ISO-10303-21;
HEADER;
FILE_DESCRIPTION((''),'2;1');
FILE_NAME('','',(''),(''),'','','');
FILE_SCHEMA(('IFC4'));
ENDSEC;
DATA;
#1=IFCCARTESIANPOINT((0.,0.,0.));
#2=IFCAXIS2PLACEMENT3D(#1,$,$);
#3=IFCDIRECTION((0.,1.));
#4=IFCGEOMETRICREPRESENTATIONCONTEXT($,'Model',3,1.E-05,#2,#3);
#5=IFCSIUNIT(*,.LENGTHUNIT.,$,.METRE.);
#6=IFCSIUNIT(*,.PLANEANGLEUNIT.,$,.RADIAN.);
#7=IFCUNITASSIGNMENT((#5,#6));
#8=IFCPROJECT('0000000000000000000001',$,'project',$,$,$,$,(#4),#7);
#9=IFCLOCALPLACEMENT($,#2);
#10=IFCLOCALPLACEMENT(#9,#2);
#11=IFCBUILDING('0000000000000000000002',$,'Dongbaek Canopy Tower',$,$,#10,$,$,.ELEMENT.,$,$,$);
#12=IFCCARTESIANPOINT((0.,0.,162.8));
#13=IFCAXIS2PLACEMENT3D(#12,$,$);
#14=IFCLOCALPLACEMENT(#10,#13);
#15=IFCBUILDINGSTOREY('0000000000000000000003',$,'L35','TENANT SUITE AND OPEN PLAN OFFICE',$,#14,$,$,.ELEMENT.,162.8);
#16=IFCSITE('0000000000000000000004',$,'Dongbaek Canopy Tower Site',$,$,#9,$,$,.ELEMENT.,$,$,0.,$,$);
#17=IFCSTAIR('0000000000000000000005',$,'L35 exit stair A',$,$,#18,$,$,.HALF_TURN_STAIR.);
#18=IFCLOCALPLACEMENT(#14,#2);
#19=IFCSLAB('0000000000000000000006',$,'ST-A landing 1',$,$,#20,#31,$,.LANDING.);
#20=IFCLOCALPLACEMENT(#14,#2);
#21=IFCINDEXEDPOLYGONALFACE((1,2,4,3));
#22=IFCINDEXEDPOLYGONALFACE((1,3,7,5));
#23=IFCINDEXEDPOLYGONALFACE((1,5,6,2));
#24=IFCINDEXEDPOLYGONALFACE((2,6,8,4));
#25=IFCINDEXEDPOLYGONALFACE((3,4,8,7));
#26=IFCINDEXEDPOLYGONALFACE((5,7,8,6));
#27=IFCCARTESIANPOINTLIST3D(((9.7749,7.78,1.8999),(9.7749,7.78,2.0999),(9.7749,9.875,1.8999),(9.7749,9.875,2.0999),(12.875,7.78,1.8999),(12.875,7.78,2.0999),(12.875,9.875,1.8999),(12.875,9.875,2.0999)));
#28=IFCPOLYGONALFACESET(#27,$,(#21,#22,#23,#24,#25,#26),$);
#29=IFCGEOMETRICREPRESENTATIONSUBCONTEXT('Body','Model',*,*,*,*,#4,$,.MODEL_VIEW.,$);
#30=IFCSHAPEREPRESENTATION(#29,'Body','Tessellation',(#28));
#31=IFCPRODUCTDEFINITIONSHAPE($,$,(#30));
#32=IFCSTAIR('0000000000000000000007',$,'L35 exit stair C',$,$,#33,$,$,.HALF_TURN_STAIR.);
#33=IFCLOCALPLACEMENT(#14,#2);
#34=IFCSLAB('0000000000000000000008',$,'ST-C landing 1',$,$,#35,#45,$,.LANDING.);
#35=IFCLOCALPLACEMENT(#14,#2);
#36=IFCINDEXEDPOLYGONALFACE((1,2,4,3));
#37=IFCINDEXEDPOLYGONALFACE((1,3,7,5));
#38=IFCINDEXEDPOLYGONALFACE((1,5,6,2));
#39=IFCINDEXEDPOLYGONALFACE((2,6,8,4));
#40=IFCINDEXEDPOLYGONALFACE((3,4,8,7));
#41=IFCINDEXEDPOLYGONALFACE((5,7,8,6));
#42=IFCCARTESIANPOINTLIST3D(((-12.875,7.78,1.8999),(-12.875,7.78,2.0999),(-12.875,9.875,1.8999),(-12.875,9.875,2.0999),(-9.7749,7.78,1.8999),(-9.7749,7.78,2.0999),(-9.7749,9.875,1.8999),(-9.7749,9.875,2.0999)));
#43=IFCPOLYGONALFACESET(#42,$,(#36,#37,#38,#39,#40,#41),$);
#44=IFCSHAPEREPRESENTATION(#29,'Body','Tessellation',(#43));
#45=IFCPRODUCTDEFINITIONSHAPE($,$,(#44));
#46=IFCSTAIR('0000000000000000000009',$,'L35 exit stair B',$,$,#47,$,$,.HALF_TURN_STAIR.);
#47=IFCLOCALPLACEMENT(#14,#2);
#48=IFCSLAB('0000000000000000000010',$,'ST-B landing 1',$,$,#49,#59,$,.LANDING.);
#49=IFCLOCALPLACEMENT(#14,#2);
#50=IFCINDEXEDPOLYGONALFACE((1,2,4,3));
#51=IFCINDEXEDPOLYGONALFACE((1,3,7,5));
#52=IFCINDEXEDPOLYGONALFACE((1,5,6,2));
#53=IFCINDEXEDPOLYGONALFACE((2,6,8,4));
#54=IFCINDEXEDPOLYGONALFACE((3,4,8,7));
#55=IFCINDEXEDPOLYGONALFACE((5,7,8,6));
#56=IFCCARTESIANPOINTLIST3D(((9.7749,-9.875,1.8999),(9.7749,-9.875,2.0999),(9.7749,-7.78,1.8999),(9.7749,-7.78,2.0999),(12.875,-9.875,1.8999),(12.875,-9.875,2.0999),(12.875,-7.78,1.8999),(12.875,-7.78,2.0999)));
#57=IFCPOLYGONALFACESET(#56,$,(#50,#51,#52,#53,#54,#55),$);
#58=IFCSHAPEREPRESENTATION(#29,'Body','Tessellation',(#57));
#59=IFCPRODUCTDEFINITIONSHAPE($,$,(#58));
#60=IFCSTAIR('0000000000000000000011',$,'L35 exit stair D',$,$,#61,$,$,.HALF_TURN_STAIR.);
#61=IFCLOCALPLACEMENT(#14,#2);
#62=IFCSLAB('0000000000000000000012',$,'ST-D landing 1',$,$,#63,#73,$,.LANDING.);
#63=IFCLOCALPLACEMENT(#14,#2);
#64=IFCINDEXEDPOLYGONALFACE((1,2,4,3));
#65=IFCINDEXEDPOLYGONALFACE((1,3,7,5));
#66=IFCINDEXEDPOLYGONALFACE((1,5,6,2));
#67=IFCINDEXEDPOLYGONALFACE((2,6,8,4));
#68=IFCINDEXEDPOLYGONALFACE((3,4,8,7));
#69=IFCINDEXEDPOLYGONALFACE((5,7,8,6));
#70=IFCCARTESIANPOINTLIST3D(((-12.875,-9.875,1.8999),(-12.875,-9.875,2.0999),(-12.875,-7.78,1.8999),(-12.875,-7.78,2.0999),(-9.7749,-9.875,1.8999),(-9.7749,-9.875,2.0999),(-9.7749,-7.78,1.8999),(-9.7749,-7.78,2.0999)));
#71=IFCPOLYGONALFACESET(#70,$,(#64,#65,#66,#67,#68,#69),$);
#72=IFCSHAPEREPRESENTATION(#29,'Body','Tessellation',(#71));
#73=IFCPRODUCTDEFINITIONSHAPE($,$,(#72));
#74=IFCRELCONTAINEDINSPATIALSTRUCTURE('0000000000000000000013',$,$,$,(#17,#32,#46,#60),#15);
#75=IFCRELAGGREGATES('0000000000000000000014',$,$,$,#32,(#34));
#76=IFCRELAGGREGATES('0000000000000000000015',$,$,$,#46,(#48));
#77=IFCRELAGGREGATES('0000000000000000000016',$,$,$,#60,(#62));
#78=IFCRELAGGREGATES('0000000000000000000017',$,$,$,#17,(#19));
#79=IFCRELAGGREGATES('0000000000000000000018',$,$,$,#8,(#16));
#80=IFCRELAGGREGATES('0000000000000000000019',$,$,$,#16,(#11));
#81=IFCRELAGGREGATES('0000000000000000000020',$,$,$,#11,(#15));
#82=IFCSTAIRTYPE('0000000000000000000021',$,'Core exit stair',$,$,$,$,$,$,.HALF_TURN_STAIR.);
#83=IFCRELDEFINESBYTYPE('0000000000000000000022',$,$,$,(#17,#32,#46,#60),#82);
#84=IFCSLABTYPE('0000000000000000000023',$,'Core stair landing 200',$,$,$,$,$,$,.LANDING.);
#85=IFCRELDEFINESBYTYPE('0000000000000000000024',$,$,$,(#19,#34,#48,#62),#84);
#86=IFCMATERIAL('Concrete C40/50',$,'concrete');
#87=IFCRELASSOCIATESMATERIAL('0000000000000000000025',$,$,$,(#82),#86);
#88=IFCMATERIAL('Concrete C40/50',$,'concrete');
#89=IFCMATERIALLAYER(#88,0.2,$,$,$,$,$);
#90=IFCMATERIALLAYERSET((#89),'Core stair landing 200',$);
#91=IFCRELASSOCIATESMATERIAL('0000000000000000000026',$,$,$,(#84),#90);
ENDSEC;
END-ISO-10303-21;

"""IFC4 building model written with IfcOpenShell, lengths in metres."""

from ifc_helpers import new_model, si_unit, direction, frame, origin, place, context, subcontext, project, spatial, polyline, outline, extrude, material, layer, layer_set, type_object, element, aggregate, save


model = new_model("IFC4")

# Units and contexts
model_context = context("Model", 3, precision=1e-05, world=origin(), true_north=direction((0.0, 1.0)))
body_context = subcontext(model_context, "Body", "Model", "MODEL_VIEW")
ifc_project = project(units=[si_unit("LENGTHUNIT", "METRE"), si_unit("PLANEANGLEUNIT", "RADIAN")], contexts=[model_context])

# Site, building, storey
site_placement = place(None, origin())
site = spatial("IfcSite", under=ifc_project, at=site_placement, Name="Dongbaek Canopy Tower Site", CompositionType="ELEMENT", RefElevation=0.0)
building_placement = place(site_placement, origin())
building = spatial("IfcBuilding", under=site, at=building_placement, Name="Dongbaek Canopy Tower", CompositionType="ELEMENT")
storey_placement = place(building_placement, frame((0.0, 0.0, 162.8)))
storey = spatial("IfcBuildingStorey", under=building, at=storey_placement, Name="L35", Description="TENANT SUITE AND OPEN PLAN OFFICE", CompositionType="ELEMENT", Elevation=162.8)

# Stairs, slabs
ifc_material_1 = material(Name="Concrete C40/50", Category="concrete")
stair_type = type_object("IfcStairType", Name="Core exit stair", PredefinedType="HALF_TURN_STAIR", material=ifc_material_1)
stair_1_placement = place(storey_placement, origin())
stair_1 = element("IfcStair", 1, at=stair_1_placement, inside=storey, type_object=stair_type, Name="L35 exit stair A", PredefinedType="HALF_TURN_STAIR")
ifc_material_2 = material(Name="Concrete C40/50", Category="concrete")
ifc_layer_1 = layer(ifc_material_2, 0.2)
ifc_layer_set_1 = layer_set([ifc_layer_1], Name="Core stair landing 200")
slab_type = type_object("IfcSlabType", Name="Core stair landing 200", PredefinedType="LANDING", material=ifc_layer_set_1)
slab_1_placement = place(storey_placement, frame((0.0, 0.0, 1.8999)))
slab_1 = element("IfcSlab", 2, at=slab_1_placement, type_object=slab_type, Name="ST-A landing 1", PredefinedType="LANDING", context=body_context, shape_type="SweptSolid", body=[
    extrude(outline(polyline([(12.875, 7.78), (12.875, 9.875), (9.7749, 9.875), (9.7749, 7.78), (12.875, 7.78)])), origin(), (0.0, 0.0, 1.0), 0.2),
])
stair_2_placement = place(storey_placement, origin())
stair_2 = element("IfcStair", 3, at=stair_2_placement, inside=storey, type_object=stair_type, Name="L35 exit stair C", PredefinedType="HALF_TURN_STAIR")
slab_2_placement = place(storey_placement, frame((0.0, 0.0, 1.8999)))
slab_2 = element("IfcSlab", 4, at=slab_2_placement, type_object=slab_type, Name="ST-C landing 1", PredefinedType="LANDING", context=body_context, shape_type="SweptSolid", body=[
    extrude(outline(polyline([(-9.7749, 7.78), (-9.7749, 9.875), (-12.875, 9.875), (-12.875, 7.78), (-9.7749, 7.78)])), origin(), (0.0, 0.0, 1.0), 0.2),
])
aggregate(stair_2, [slab_2])
stair_3_placement = place(storey_placement, origin())
stair_3 = element("IfcStair", 5, at=stair_3_placement, inside=storey, type_object=stair_type, Name="L35 exit stair B", PredefinedType="HALF_TURN_STAIR")
slab_3_placement = place(storey_placement, frame((0.0, 0.0, 1.8999)))
slab_3 = element("IfcSlab", 6, at=slab_3_placement, type_object=slab_type, Name="ST-B landing 1", PredefinedType="LANDING", context=body_context, shape_type="SweptSolid", body=[
    extrude(outline(polyline([(9.7749, -7.78), (9.7749, -9.875), (12.875, -9.875), (12.875, -7.78), (9.7749, -7.78)])), origin(), (0.0, 0.0, 1.0), 0.2),
])
aggregate(stair_3, [slab_3])
stair_4_placement = place(storey_placement, origin())
stair_4 = element("IfcStair", 7, at=stair_4_placement, inside=storey, type_object=stair_type, Name="L35 exit stair D", PredefinedType="HALF_TURN_STAIR")
slab_4_placement = place(storey_placement, frame((0.0, 0.0, 1.8999)))
slab_4 = element("IfcSlab", 8, at=slab_4_placement, type_object=slab_type, Name="ST-D landing 1", PredefinedType="LANDING", context=body_context, shape_type="SweptSolid", body=[
    extrude(outline(polyline([(-12.875, -7.78), (-12.875, -9.875), (-9.7749, -9.875), (-9.7749, -7.78), (-12.875, -7.78)])), origin(), (0.0, 0.0, 1.0), 0.2),
])
aggregate(stair_4, [slab_4])

aggregate(stair_1, [slab_1])

save(model, "model.ifc")
